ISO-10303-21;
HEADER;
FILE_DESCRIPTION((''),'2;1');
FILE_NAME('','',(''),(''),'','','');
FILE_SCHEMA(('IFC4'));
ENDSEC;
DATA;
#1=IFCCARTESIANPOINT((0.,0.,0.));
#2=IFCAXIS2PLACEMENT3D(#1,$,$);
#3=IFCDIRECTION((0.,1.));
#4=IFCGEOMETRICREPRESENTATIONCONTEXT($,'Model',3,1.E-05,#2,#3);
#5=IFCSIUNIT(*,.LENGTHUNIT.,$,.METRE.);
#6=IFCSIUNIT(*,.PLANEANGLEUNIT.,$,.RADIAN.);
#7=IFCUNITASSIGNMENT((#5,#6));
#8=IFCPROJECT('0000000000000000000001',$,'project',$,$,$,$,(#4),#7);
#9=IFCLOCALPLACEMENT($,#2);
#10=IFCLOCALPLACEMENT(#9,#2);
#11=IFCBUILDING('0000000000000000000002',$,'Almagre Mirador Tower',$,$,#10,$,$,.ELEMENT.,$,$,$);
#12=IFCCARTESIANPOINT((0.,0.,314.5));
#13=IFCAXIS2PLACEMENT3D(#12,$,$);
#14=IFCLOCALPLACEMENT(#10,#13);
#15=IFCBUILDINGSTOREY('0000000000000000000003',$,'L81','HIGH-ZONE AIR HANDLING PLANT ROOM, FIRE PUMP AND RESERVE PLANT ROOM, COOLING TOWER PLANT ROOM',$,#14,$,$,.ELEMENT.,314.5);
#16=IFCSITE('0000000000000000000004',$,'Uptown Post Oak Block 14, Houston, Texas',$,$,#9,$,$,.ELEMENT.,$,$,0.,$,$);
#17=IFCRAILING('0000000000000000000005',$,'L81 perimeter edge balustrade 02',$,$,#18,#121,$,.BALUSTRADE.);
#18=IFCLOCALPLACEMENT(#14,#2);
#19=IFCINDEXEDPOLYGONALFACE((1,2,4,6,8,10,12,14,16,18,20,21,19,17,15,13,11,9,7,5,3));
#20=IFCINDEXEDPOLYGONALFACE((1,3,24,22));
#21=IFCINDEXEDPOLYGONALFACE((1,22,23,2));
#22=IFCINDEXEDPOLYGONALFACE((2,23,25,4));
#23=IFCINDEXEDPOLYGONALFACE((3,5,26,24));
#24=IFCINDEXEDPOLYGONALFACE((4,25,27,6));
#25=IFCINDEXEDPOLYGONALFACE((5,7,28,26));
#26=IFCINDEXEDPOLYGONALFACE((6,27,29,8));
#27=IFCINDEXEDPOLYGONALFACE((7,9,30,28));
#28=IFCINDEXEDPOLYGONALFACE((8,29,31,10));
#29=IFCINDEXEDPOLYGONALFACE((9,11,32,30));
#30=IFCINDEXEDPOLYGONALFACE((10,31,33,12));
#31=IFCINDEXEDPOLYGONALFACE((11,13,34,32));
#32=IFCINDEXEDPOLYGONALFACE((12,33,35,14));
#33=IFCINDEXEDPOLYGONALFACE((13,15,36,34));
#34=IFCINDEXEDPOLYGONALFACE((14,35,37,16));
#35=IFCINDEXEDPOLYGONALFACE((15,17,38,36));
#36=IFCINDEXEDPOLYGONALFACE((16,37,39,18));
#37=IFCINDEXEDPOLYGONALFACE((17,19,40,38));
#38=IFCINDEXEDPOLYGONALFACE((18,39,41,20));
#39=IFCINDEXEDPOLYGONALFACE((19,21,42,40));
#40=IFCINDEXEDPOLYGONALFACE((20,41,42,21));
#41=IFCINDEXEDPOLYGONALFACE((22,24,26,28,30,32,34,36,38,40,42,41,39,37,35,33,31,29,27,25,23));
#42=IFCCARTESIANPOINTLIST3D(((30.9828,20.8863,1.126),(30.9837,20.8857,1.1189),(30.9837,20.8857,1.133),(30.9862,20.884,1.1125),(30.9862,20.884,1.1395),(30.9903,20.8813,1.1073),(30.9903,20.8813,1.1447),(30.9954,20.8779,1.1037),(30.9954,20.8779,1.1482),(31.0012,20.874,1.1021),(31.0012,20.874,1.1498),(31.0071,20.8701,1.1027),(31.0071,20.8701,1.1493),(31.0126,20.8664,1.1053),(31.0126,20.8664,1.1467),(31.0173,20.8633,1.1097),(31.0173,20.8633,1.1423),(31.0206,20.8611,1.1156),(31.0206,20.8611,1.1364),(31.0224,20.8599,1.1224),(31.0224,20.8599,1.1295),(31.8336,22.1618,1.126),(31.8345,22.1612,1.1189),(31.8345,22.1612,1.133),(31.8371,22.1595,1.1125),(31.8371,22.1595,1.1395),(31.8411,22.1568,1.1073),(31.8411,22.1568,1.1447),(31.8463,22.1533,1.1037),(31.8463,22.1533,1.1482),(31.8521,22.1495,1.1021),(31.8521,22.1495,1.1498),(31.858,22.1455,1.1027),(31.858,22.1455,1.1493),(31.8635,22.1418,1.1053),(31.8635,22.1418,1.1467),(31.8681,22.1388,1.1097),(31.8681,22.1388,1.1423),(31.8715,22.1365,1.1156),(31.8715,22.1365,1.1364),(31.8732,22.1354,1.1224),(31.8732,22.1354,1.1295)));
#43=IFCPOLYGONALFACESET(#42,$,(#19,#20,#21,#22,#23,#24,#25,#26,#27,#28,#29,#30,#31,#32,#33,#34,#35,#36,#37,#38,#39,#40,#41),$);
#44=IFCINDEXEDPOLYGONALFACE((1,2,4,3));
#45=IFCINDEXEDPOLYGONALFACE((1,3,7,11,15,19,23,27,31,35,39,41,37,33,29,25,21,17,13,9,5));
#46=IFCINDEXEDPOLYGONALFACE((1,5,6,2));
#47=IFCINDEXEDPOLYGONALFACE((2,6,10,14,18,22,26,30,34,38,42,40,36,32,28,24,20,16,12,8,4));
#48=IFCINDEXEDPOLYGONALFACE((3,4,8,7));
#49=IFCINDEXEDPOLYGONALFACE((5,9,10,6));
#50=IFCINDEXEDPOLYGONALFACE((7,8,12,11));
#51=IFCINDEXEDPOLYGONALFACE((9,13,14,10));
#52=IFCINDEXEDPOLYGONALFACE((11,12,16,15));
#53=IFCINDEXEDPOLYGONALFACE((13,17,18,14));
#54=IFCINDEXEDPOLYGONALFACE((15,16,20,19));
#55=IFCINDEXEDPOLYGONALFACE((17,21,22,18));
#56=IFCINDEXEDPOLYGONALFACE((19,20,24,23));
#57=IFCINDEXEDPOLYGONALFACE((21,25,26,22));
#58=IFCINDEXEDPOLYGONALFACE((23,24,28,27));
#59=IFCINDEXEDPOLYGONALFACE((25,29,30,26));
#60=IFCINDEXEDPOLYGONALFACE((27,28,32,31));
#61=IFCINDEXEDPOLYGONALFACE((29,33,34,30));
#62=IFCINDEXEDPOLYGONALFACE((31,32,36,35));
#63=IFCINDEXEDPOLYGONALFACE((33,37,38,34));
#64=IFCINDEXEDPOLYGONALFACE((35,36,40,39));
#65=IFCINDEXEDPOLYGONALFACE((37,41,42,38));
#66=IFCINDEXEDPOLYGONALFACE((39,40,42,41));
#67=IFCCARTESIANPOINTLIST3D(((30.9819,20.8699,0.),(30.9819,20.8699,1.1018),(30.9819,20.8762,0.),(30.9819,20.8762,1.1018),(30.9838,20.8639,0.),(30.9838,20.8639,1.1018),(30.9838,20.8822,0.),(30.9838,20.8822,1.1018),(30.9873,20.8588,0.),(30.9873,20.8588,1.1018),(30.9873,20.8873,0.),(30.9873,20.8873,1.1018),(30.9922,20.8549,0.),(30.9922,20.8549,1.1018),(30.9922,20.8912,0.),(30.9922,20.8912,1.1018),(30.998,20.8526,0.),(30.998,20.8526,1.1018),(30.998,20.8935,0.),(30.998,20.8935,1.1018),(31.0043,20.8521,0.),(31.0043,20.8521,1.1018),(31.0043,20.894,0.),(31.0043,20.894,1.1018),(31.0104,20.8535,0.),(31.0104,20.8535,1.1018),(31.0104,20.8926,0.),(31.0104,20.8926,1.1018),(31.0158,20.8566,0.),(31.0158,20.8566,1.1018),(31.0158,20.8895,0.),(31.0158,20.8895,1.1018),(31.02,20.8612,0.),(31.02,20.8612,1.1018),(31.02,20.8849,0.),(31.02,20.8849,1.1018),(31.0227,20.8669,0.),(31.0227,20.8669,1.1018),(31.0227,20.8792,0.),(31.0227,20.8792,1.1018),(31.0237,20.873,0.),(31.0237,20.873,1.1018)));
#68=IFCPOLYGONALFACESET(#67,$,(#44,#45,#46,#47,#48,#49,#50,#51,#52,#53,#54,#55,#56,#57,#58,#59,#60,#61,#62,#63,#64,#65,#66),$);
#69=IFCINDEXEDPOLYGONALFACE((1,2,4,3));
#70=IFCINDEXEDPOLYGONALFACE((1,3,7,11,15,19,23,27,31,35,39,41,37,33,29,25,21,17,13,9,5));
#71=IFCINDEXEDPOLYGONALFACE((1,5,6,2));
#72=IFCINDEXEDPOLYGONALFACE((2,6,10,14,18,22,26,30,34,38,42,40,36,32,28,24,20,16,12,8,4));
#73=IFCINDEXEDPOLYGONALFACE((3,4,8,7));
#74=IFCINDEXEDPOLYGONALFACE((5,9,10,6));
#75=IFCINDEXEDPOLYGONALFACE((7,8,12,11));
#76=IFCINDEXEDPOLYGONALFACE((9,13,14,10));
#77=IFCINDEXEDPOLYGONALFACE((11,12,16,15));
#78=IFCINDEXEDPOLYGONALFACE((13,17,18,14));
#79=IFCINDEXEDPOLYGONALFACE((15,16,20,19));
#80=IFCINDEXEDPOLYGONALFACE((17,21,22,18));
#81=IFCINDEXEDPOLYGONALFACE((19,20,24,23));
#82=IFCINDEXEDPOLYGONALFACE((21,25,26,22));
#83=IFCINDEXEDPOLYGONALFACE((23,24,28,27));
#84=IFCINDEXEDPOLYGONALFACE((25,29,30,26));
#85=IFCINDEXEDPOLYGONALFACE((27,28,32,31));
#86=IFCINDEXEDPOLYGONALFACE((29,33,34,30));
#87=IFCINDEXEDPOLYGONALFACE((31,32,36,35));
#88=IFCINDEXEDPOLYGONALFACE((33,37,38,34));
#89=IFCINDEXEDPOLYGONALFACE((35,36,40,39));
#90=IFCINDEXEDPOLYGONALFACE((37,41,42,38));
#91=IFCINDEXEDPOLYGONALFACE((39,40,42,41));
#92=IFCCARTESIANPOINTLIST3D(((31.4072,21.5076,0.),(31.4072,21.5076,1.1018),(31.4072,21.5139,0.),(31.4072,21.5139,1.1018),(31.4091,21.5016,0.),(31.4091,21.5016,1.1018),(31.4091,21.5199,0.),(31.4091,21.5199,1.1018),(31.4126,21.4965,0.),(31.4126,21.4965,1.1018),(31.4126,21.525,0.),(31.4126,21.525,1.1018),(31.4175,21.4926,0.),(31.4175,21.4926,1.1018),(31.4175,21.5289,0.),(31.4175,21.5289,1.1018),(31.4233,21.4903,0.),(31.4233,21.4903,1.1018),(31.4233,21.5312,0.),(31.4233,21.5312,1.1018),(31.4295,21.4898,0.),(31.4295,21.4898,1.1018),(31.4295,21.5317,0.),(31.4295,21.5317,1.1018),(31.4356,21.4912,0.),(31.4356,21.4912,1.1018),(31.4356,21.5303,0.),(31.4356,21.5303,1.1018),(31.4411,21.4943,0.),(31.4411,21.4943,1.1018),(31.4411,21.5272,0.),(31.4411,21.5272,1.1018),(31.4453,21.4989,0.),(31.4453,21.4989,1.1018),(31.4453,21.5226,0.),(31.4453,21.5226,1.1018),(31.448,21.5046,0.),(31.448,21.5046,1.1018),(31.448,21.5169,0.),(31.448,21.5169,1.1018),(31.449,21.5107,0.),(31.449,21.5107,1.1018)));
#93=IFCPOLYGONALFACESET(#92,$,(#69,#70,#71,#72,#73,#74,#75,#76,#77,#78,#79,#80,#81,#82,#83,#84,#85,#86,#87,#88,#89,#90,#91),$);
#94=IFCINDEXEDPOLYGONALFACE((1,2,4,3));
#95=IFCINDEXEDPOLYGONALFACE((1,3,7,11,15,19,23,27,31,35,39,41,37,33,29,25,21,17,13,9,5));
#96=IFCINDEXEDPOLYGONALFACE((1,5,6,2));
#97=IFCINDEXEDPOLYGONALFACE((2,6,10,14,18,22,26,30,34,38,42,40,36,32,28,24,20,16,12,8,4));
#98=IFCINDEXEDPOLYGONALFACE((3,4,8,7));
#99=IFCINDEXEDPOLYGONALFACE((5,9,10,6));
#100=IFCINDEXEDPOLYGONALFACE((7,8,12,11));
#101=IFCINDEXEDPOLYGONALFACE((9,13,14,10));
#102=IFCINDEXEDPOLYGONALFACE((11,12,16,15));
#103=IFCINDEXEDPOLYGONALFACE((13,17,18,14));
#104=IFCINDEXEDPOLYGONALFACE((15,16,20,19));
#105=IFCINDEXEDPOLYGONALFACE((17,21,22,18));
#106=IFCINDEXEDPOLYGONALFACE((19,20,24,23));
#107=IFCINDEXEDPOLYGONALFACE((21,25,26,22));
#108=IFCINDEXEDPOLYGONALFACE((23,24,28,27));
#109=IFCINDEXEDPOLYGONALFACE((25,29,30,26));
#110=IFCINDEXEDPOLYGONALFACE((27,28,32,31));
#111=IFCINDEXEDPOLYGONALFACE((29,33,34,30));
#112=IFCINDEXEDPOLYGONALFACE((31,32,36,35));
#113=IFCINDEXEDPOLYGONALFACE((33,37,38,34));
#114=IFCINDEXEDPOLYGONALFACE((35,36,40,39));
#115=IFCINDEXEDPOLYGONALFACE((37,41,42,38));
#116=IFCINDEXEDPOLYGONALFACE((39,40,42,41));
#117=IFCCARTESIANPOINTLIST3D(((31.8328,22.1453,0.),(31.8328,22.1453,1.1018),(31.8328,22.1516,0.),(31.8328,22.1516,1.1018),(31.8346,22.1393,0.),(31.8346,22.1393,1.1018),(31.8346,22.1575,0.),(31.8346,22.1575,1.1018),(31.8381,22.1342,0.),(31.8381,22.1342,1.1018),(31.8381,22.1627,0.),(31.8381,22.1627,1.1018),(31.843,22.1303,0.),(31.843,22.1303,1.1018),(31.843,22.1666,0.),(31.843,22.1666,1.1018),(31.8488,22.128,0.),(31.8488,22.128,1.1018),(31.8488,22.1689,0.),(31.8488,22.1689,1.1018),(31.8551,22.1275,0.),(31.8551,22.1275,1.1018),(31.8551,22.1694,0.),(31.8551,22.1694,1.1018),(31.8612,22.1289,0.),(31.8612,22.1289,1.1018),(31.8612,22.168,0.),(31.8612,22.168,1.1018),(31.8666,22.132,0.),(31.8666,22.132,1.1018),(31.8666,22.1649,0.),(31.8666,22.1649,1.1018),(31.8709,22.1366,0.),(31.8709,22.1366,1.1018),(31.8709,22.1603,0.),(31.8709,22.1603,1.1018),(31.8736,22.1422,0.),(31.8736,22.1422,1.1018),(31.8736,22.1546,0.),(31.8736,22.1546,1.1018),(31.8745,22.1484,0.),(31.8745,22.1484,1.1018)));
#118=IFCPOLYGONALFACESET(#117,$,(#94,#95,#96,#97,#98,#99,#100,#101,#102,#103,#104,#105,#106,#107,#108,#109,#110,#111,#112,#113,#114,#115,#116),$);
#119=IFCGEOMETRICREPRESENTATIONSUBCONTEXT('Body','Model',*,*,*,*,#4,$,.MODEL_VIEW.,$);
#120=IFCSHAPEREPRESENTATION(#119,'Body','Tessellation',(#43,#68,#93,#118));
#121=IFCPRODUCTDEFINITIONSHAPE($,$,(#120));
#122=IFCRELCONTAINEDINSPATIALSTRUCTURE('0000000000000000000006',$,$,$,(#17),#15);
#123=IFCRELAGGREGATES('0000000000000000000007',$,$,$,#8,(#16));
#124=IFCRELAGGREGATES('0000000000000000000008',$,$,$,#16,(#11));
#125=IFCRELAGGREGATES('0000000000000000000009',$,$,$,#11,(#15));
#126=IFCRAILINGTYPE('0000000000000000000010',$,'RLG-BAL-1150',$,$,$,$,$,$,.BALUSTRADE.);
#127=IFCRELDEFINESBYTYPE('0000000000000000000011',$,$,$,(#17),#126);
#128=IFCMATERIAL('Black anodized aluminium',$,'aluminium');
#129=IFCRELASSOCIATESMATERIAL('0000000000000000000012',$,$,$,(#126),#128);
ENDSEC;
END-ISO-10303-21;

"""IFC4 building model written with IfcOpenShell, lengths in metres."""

from ifc_helpers import new_model, si_unit, direction, frame, origin, origin_2d, place, context, subcontext, project, spatial, circle, extrude, material, type_object, element, save


model = new_model("IFC4")

# Units and contexts
model_context = context("Model", 3, precision=1e-05, world=origin(), true_north=direction((0.0, 1.0)))
body_context = subcontext(model_context, "Body", "Model", "MODEL_VIEW")
ifc_project = project(units=[si_unit("LENGTHUNIT", "METRE"), si_unit("PLANEANGLEUNIT", "RADIAN")], contexts=[model_context])

# Site, building, storey
site_placement = place(None, origin())
site = spatial("IfcSite", under=ifc_project, at=site_placement, Name="Uptown Post Oak Block 14, Houston, Texas", CompositionType="ELEMENT", RefElevation=0.0)
building_placement = place(site_placement, origin())
building = spatial("IfcBuilding", under=site, at=building_placement, Name="Almagre Mirador Tower", CompositionType="ELEMENT")
storey_placement = place(building_placement, frame((0.0, 0.0, 314.5)))
storey = spatial("IfcBuildingStorey", under=building, at=storey_placement, Name="L81", Description="HIGH-ZONE AIR HANDLING PLANT ROOM, FIRE PUMP AND RESERVE PLANT ROOM, COOLING TOWER PLANT ROOM", CompositionType="ELEMENT", Elevation=314.5)

# Railing
ifc_material_1 = material(Name="Black anodized aluminium", Category="aluminium")
railing_type = type_object("IfcRailingType", Name="RLG-BAL-1150", PredefinedType="BALUSTRADE", material=ifc_material_1)
railing_placement = place(storey_placement, frame((31.0027, 20.873, 0.0)))
element("IfcRailing", 1, at=railing_placement, inside=storey, type_object=railing_type, Name="L81 perimeter edge balustrade 02", PredefinedType="BALUSTRADE", context=body_context, shape_type="SweptSolid", body=[
    extrude(circle(Radius=0.0239, at=origin_2d()), frame((0.0, 0.0, 1.126), z_axis=(0.554957, 0.831879, 0.0), x_axis=(-0.831879, 0.554957, 0.0)), (0.0, 0.0, 1.0), 1.5332),
    extrude(circle(Radius=0.021, at=origin_2d()), origin(), (0.0, 0.0, 1.0), 1.1018),
    extrude(circle(Radius=0.021, at=origin_2d()), frame((0.4253, 0.6377, 0.0)), (0.0, 0.0, 1.0), 1.1018),
    extrude(circle(Radius=0.021, at=origin_2d()), frame((0.8508, 1.2754, 0.0)), (0.0, 0.0, 1.0), 1.1018),
])

save(model, "model.ifc")
